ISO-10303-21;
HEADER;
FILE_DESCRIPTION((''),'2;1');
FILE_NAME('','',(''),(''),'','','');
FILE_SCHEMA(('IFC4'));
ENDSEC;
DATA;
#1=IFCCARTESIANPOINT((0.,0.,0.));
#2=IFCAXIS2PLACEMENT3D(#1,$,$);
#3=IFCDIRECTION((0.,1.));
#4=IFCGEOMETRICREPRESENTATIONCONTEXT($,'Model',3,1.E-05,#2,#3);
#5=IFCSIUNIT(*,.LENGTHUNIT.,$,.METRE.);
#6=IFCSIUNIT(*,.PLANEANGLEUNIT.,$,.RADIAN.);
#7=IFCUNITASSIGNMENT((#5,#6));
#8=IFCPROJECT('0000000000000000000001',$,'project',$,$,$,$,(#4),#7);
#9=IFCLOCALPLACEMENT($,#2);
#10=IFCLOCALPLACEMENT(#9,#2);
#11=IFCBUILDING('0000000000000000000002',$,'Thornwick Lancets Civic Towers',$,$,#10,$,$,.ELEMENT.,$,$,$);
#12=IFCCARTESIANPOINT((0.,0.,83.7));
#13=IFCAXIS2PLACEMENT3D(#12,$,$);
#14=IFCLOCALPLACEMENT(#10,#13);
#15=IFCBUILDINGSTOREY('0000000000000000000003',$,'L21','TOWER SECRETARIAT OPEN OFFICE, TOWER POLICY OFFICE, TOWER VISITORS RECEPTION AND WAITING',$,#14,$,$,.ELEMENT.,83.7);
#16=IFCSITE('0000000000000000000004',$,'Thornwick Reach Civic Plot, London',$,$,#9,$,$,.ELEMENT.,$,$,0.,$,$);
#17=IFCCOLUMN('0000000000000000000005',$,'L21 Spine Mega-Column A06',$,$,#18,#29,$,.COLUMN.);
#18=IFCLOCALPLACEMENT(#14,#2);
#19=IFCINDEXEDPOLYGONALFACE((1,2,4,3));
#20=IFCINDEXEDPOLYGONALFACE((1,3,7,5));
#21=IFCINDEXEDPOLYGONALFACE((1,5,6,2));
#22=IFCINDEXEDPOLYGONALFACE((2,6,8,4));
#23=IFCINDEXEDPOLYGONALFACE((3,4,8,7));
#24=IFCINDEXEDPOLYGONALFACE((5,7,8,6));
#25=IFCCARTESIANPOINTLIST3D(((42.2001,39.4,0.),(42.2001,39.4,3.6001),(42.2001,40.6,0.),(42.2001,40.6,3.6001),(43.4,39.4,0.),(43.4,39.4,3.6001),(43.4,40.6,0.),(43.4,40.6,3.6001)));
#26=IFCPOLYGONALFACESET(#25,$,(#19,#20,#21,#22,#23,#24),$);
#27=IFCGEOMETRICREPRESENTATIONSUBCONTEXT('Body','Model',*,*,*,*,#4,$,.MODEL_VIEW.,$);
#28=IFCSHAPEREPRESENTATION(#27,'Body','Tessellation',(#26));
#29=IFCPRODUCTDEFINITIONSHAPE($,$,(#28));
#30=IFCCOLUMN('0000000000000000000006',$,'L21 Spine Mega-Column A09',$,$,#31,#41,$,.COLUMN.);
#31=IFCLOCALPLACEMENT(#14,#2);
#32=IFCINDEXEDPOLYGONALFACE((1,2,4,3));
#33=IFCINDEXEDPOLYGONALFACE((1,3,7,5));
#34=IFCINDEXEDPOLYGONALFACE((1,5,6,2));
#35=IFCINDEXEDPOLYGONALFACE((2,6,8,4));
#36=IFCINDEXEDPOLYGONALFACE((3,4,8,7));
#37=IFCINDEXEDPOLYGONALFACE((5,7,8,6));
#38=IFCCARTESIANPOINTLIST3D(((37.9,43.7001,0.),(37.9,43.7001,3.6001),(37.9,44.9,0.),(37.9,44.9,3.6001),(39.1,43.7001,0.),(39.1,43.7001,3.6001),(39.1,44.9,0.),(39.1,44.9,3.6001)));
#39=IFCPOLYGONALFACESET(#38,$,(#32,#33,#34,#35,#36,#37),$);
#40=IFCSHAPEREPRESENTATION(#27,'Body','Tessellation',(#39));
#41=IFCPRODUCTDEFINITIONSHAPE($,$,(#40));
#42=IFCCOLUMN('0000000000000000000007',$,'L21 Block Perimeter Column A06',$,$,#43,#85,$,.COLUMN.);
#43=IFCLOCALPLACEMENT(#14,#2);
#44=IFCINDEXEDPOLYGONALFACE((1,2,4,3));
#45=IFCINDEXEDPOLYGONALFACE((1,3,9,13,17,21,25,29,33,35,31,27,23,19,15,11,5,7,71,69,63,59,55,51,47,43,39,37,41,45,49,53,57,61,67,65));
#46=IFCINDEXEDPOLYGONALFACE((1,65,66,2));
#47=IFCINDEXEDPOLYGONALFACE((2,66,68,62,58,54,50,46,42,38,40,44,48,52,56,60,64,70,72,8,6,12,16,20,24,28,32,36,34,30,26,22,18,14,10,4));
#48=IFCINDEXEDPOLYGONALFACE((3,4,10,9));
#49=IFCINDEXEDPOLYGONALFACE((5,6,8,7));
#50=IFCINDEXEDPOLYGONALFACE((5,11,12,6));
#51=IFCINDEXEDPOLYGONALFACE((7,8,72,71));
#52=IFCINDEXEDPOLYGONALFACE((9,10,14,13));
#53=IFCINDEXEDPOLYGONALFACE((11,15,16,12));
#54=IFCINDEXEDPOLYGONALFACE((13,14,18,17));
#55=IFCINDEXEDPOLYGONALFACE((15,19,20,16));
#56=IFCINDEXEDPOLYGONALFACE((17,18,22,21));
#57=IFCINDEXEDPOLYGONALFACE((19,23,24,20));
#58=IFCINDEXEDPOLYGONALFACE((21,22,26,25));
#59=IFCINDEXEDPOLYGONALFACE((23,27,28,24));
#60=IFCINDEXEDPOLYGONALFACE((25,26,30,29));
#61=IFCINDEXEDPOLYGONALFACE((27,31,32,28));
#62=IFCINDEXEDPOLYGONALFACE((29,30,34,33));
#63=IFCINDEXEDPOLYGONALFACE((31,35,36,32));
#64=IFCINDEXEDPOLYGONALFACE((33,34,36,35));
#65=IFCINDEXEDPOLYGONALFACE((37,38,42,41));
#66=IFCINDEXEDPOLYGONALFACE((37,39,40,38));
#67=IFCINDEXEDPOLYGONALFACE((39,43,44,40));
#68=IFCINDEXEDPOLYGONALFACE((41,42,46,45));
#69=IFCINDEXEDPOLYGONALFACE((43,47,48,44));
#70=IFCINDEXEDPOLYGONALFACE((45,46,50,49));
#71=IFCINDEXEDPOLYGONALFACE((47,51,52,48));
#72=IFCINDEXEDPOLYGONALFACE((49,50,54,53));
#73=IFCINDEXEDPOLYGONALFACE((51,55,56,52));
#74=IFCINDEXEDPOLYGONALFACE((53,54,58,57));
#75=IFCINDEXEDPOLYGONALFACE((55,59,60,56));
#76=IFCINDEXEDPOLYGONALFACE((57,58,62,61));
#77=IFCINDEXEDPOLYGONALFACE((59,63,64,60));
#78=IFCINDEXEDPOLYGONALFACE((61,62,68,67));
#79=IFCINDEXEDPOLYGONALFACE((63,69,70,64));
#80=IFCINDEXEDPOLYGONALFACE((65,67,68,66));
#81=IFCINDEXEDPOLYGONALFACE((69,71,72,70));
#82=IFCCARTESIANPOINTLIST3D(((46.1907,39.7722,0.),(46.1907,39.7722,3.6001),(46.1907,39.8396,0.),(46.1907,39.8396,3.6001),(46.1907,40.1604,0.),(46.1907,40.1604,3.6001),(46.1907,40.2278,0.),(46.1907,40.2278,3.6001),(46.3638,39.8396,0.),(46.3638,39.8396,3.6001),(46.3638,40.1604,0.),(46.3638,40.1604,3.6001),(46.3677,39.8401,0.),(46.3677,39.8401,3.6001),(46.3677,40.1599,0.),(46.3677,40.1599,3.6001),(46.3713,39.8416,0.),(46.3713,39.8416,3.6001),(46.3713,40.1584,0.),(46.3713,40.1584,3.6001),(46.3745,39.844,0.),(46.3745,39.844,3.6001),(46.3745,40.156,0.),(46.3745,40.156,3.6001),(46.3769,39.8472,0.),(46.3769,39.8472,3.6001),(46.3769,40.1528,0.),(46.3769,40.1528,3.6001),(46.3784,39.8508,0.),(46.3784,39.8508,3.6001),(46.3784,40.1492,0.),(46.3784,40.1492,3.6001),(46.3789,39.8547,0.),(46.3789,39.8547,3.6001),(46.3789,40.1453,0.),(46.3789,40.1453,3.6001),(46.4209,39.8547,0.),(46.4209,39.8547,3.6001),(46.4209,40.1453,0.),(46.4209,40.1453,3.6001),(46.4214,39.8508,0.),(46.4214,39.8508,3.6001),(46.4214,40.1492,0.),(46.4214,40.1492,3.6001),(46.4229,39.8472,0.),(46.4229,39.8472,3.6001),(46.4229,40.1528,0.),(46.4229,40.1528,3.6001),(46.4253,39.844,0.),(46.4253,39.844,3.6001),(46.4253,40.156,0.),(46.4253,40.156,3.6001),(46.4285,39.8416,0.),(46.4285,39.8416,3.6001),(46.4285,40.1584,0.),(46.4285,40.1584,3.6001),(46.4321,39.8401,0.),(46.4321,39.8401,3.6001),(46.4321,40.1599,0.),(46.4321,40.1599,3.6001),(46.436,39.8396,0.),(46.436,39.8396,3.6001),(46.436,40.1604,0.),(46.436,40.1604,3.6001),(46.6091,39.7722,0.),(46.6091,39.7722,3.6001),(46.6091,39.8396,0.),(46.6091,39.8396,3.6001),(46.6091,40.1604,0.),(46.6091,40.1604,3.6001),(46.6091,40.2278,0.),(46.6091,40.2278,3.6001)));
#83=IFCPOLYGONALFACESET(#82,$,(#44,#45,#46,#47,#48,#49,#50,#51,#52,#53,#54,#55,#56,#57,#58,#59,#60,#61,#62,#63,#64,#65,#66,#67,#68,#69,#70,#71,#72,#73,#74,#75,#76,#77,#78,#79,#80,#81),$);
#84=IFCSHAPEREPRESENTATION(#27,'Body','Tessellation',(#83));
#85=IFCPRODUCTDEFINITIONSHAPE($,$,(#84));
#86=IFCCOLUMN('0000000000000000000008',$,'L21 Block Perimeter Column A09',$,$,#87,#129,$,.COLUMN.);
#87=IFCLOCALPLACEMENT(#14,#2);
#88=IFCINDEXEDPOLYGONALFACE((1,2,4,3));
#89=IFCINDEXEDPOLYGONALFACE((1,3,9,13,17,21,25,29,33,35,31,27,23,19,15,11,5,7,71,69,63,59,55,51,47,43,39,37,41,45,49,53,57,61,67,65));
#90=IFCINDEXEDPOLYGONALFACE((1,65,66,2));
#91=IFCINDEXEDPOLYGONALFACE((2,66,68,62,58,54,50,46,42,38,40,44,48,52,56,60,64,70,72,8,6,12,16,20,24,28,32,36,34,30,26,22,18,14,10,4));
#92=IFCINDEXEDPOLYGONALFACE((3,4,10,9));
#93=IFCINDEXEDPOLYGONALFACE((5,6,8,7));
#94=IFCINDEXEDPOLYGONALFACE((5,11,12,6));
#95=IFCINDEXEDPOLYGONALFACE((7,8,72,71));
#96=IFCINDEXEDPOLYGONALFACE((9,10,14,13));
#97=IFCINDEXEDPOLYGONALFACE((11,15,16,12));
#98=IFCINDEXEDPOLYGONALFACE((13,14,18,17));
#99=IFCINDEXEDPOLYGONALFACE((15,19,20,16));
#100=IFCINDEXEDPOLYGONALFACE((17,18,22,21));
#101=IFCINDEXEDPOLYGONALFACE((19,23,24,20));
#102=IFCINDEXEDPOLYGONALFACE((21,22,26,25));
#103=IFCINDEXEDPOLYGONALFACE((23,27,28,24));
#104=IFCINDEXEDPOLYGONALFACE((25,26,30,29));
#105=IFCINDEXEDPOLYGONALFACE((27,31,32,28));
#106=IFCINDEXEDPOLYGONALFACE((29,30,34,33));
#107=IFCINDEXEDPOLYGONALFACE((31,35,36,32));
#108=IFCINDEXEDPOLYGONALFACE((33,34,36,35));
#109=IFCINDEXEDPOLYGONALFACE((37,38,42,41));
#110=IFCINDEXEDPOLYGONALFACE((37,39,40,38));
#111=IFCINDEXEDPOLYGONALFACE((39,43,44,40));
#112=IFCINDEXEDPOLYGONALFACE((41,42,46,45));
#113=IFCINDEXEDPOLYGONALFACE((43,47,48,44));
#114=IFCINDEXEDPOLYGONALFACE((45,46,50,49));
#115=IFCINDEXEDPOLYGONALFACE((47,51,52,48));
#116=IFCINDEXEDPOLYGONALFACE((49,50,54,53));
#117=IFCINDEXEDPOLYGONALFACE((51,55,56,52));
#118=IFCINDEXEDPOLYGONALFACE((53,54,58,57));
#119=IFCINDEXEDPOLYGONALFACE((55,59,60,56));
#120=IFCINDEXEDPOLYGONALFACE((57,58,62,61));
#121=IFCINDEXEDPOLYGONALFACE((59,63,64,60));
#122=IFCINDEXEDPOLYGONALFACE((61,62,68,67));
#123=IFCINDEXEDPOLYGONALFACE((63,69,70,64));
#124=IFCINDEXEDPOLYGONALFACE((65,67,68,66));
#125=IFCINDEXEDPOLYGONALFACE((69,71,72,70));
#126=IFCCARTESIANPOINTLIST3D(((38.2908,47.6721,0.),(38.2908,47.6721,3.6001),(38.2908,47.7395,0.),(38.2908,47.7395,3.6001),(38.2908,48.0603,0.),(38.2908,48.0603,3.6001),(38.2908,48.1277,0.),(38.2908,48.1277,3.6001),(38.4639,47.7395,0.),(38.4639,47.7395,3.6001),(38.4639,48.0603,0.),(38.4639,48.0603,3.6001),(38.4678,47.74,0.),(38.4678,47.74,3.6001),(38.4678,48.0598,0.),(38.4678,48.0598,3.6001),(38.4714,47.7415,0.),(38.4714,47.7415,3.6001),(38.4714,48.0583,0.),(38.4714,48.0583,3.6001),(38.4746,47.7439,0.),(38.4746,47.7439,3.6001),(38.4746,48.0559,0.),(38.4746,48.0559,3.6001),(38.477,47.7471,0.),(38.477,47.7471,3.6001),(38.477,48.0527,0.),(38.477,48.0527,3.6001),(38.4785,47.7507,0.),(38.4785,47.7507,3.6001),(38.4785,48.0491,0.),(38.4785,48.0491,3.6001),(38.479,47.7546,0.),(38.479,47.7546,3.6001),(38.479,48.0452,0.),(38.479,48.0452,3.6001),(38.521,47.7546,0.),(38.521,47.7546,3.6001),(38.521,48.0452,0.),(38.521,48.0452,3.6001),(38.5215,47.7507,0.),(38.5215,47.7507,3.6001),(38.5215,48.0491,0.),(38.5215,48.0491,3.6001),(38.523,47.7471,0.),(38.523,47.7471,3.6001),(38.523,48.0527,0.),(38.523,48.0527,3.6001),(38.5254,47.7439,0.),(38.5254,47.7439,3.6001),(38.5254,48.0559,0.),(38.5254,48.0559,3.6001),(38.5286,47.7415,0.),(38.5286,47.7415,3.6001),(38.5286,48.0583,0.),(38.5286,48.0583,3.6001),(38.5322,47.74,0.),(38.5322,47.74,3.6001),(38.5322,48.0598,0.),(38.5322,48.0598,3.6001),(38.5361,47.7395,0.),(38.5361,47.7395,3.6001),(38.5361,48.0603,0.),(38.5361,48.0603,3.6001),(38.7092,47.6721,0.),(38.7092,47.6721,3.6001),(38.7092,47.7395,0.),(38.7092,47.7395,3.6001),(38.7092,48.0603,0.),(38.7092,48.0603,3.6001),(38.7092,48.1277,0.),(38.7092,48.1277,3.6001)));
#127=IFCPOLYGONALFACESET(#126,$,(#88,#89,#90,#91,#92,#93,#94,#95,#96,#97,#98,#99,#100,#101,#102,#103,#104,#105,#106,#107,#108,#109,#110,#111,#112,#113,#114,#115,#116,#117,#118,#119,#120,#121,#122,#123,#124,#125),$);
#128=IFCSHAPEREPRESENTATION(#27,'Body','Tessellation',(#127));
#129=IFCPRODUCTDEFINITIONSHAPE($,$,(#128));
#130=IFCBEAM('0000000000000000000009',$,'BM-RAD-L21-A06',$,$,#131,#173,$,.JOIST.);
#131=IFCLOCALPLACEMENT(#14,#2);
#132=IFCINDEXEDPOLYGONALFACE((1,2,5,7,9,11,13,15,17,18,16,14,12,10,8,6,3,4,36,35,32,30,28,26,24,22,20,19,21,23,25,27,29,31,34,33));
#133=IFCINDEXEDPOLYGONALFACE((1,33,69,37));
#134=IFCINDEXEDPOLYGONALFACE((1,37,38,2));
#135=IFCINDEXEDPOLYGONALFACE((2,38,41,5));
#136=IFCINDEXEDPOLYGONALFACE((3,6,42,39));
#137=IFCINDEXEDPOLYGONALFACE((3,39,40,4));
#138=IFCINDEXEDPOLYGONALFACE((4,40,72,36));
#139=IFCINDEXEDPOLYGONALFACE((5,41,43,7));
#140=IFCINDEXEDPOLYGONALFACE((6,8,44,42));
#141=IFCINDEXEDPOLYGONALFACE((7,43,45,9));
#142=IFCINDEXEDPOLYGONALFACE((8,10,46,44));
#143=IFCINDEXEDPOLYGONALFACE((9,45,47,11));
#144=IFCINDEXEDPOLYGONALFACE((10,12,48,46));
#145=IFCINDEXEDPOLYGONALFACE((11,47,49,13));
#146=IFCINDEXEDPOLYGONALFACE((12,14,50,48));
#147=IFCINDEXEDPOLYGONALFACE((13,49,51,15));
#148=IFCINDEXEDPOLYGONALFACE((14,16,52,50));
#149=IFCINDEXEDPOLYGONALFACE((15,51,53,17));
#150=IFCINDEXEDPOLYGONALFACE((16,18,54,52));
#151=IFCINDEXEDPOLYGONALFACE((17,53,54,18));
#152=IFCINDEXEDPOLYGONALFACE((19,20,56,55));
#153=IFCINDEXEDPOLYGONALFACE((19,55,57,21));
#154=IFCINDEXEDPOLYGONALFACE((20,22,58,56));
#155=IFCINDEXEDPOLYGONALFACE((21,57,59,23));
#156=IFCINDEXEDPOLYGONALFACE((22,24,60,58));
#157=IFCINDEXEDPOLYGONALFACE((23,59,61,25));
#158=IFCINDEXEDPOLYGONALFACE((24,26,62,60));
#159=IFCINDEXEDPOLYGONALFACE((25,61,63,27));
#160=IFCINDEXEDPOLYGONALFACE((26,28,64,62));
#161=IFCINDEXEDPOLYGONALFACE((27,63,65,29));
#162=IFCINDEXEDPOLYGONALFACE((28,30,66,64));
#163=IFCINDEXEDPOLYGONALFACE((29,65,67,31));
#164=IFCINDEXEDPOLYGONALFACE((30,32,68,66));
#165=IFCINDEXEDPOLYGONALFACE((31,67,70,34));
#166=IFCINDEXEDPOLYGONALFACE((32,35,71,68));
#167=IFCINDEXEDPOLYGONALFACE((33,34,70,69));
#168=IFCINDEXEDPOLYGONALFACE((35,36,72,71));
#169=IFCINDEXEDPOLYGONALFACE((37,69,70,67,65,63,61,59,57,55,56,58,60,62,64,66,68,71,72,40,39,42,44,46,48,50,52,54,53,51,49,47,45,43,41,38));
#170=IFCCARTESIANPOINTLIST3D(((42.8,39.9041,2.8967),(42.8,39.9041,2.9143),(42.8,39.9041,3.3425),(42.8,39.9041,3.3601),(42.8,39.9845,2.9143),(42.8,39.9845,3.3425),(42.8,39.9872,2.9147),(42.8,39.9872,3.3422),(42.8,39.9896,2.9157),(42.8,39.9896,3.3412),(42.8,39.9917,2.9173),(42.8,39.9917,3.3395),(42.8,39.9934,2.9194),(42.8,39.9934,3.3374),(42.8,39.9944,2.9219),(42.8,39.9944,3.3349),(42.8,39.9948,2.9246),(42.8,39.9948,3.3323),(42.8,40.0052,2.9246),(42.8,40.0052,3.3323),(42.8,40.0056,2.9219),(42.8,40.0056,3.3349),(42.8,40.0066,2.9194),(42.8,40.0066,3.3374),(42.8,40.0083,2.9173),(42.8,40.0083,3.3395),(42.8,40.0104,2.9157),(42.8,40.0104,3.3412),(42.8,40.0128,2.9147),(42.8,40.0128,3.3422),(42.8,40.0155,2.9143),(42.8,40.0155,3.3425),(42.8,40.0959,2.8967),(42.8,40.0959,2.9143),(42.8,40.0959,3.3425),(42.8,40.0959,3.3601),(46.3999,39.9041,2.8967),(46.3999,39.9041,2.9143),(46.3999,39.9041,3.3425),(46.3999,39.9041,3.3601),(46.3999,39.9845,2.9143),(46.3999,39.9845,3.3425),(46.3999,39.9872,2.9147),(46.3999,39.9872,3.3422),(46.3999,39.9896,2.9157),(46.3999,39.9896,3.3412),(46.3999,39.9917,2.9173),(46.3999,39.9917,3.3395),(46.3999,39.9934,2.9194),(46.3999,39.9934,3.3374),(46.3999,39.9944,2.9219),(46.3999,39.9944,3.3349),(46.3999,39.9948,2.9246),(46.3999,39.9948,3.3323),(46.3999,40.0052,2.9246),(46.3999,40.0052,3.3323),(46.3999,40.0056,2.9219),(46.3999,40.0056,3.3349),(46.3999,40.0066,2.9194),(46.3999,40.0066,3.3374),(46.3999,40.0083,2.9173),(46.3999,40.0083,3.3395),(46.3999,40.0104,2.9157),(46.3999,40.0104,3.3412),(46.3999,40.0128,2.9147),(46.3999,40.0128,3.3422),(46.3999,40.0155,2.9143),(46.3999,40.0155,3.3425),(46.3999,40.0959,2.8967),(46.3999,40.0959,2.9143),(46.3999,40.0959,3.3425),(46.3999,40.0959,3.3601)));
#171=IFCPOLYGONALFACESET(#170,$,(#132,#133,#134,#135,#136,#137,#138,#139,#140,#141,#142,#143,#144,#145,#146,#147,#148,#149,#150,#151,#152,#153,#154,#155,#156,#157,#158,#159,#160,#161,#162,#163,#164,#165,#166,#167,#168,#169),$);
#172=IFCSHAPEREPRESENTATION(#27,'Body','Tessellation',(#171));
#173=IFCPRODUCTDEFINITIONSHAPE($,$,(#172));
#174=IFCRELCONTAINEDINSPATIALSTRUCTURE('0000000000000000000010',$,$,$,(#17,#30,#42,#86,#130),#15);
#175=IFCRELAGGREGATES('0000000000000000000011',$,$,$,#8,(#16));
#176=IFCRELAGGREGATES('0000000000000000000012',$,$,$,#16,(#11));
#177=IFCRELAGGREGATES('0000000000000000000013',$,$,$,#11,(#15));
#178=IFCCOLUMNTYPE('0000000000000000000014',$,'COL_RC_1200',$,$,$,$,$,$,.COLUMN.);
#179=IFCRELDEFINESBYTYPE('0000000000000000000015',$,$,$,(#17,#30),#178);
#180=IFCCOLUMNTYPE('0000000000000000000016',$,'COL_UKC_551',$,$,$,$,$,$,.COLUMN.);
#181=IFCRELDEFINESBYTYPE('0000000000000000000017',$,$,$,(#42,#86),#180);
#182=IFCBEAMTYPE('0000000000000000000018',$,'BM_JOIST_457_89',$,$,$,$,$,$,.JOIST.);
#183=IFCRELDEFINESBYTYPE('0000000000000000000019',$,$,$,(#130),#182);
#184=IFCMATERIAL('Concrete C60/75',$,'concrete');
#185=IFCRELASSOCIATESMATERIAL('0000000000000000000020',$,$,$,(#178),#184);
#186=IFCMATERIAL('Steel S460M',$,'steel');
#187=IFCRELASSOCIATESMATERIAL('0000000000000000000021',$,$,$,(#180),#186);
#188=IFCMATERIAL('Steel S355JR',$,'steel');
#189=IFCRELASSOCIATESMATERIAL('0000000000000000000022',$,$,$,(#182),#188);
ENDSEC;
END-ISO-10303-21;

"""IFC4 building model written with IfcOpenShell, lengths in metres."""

from ifc_helpers import new_model, si_unit, direction, frame, origin, origin_2d, place, context, subcontext, project, spatial, rectangle, i_section, extrude, material, material_profile, profile_set, type_object, element, save


model = new_model("IFC4")

# Units and contexts
model_context = context("Model", 3, precision=1e-05, world=origin(), true_north=direction((0.0, 1.0)))
body_context = subcontext(model_context, "Body", "Model", "MODEL_VIEW")
ifc_project = project(units=[si_unit("LENGTHUNIT", "METRE"), si_unit("PLANEANGLEUNIT", "RADIAN")], contexts=[model_context])

# Site, building, storey
site_placement = place(None, origin())
site = spatial("IfcSite", under=ifc_project, at=site_placement, Name="Thornwick Reach Civic Plot, London", CompositionType="ELEMENT", RefElevation=0.0)
building_placement = place(site_placement, origin())
building = spatial("IfcBuilding", under=site, at=building_placement, Name="Thornwick Lancets Civic Towers", CompositionType="ELEMENT")
storey_placement = place(building_placement, frame((0.0, 0.0, 83.7)))
storey = spatial("IfcBuildingStorey", under=building, at=storey_placement, Name="L21", Description="TOWER SECRETARIAT OPEN OFFICE, TOWER POLICY OFFICE, TOWER VISITORS RECEPTION AND WAITING", CompositionType="ELEMENT", Elevation=83.7)

# Columns
ifc_material_1 = material(Name="Concrete C60/75", Category="concrete")
ifc_material_profile_1 = material_profile(ifc_material_1, rectangle(XDim=1.2, YDim=1.2, at=origin_2d()), Name="RC 1200x1200")
ifc_profile_set_1 = profile_set([ifc_material_profile_1], Name="Concrete C60/75")
column_type_1 = type_object("IfcColumnType", Name="COL_RC_1200", PredefinedType="COLUMN", material=ifc_profile_set_1)
for number, where, z_axis, x_axis, name in (
    (1, (42.8, 40.0, 0.0), (0.0, 0.0, 1.0), (1.0, 0.0, 0.0), "L21 Spine Mega-Column A06"),
    (2, (38.5, 44.3, 0.0), (0.0, 0.0, 1.0), (1.0, 0.0, 0.0), "L21 Spine Mega-Column A09"),
):
    element("IfcColumn", number, at=place(storey_placement, frame(where, z_axis=z_axis, x_axis=x_axis)), inside=storey, type_object=column_type_1, Name=name, PredefinedType="COLUMN", context=body_context, shape_type="SweptSolid", body=[
        extrude(rectangle(XDim=1.2, YDim=1.2, at=origin_2d()), origin(), (0.0, 0.0, 1.0), 3.6001),
    ])
ifc_material_2 = material(Name="Steel S460M", Category="steel")
ifc_material_profile_2 = material_profile(ifc_material_2, i_section(OverallWidth=0.4185, OverallDepth=0.4556, WebThickness=0.042, FlangeThickness=0.0674, FilletRadius=0.0151, at=origin_2d()), Name="UKC 356x406x551")
ifc_profile_set_2 = profile_set([ifc_material_profile_2], Name="Steel S460M")
column_type_2 = type_object("IfcColumnType", Name="COL_UKC_551", PredefinedType="COLUMN", material=ifc_profile_set_2)
for number, where, z_axis, x_axis, name in (
    (3, (46.3999, 40.0, 0.0), (0.0, 0.0, 1.0), (1.0, 0.0, 0.0), "L21 Block Perimeter Column A06"),
    (4, (38.5, 47.8999, 0.0), (0.0, 0.0, 1.0), (1.0, 0.0, 0.0), "L21 Block Perimeter Column A09"),
):
    element("IfcColumn", number, at=place(storey_placement, frame(where, z_axis=z_axis, x_axis=x_axis)), inside=storey, type_object=column_type_2, Name=name, PredefinedType="COLUMN", context=body_context, shape_type="SweptSolid", body=[
        extrude(i_section(OverallWidth=0.4185, OverallDepth=0.4556, WebThickness=0.042, FlangeThickness=0.0674, FilletRadius=0.0151, at=origin_2d()), origin(), (0.0, 0.0, 1.0), 3.6001),
    ])

# Beam
ifc_material_3 = material(Name="Steel S355JR", Category="steel")
ifc_material_profile_3 = material_profile(ifc_material_3, i_section(OverallWidth=0.1919, OverallDepth=0.4634, WebThickness=0.0105, FlangeThickness=0.0176, FilletRadius=0.0103, at=origin_2d()), Name="UKB 457x191x89")
ifc_profile_set_3 = profile_set([ifc_material_profile_3], Name="Steel S355JR")
beam_type_1 = type_object("IfcBeamType", Name="BM_JOIST_457_89", PredefinedType="JOIST", material=ifc_profile_set_3)
for number, where, z_axis, x_axis, name in (
    (5, (42.8, 40.0, 3.1284), (1.0, 0.0, 0.0), (0.0, 1.0, 0.0), "BM-RAD-L21-A06"),
):
    element("IfcBeam", number, at=place(storey_placement, frame(where, z_axis=z_axis, x_axis=x_axis)), inside=storey, type_object=beam_type_1, Name=name, PredefinedType="JOIST", context=body_context, shape_type="SweptSolid", body=[
        extrude(i_section(OverallWidth=0.1919, OverallDepth=0.4634, WebThickness=0.0105, FlangeThickness=0.0176, FilletRadius=0.0103, at=origin_2d()), origin(), (0.0, 0.0, 1.0), 3.5999),
    ])

save(model, "model.ifc")
